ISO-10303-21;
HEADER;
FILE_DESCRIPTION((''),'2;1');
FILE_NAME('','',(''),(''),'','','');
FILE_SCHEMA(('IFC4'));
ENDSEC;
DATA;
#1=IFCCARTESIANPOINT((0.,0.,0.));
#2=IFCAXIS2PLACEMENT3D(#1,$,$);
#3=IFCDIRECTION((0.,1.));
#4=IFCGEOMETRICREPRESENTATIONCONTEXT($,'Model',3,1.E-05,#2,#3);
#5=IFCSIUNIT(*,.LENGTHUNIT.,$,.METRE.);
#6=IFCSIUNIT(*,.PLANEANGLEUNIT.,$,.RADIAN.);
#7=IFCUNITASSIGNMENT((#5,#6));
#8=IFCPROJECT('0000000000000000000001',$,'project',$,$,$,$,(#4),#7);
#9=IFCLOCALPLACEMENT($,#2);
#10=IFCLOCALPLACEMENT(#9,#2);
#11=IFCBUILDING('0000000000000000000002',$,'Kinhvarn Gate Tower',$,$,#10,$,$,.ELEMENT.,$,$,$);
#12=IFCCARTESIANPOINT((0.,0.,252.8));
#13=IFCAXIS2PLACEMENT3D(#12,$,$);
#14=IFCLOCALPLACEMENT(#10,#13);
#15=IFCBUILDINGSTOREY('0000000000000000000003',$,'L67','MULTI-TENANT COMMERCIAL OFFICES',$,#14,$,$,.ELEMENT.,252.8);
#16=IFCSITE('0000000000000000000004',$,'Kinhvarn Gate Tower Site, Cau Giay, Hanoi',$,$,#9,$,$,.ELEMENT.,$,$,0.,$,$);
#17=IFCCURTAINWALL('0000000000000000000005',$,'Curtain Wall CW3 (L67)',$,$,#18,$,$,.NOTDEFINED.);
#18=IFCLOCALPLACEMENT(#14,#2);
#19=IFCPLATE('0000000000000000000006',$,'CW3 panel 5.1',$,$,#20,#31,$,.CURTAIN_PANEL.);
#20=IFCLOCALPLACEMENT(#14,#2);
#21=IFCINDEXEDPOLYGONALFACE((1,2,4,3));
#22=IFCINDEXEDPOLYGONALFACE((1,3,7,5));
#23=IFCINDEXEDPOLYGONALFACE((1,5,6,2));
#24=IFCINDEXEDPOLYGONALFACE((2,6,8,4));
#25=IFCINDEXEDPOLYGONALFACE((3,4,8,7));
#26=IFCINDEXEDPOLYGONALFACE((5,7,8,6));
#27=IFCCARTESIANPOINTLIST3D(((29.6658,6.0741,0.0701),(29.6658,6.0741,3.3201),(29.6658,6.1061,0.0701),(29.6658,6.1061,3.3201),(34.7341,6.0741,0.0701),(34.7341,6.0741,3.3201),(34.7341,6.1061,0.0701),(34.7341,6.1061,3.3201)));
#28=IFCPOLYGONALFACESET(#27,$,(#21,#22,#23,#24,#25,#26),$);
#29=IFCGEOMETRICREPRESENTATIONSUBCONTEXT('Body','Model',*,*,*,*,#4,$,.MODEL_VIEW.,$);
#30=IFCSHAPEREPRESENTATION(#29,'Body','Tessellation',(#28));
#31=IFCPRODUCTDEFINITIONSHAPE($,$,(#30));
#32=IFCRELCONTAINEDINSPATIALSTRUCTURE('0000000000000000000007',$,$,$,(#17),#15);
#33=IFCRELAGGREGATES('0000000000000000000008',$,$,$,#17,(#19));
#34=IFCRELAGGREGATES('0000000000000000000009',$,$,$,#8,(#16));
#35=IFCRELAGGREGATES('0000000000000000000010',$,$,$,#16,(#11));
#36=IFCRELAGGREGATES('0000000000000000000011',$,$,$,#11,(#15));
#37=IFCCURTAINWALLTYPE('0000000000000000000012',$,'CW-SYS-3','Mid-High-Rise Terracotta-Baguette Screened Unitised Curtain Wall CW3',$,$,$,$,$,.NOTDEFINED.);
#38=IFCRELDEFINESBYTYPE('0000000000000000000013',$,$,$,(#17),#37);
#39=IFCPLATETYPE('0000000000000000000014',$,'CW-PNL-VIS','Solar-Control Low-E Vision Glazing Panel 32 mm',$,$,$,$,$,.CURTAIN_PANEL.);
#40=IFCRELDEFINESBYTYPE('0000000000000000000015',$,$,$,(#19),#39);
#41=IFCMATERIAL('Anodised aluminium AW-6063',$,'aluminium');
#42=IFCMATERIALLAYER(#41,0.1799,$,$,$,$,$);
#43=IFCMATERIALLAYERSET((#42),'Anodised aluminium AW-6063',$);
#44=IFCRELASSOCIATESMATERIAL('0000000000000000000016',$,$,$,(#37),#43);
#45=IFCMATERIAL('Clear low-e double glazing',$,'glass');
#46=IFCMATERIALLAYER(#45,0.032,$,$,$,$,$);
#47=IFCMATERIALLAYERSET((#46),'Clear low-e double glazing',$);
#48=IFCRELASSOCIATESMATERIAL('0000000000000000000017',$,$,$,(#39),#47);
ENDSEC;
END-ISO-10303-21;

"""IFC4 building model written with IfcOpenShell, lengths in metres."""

from ifc_helpers import new_model, si_unit, direction, frame, origin, origin_2d, place, context, subcontext, project, spatial, rectangle, extrude, material, layer, layer_set, type_object, element, aggregate, save


model = new_model("IFC4")

# Units and contexts
model_context = context("Model", 3, precision=1e-05, world=origin(), true_north=direction((0.0, 1.0)))
body_context = subcontext(model_context, "Body", "Model", "MODEL_VIEW")
ifc_project = project(units=[si_unit("LENGTHUNIT", "METRE"), si_unit("PLANEANGLEUNIT", "RADIAN")], contexts=[model_context])

# Site, building, storey
site_placement = place(None, origin())
site = spatial("IfcSite", under=ifc_project, at=site_placement, Name="Kinhvarn Gate Tower Site, Cau Giay, Hanoi", CompositionType="ELEMENT", RefElevation=0.0)
building_placement = place(site_placement, origin())
building = spatial("IfcBuilding", under=site, at=building_placement, Name="Kinhvarn Gate Tower", CompositionType="ELEMENT")
storey_placement = place(building_placement, frame((0.0, 0.0, 252.8)))
storey = spatial("IfcBuildingStorey", under=building, at=storey_placement, Name="L67", Description="MULTI-TENANT COMMERCIAL OFFICES", CompositionType="ELEMENT", Elevation=252.8)

# Curtain wall
ifc_material_1 = material(Name="Anodised aluminium AW-6063", Category="aluminium")
ifc_layer_1 = layer(ifc_material_1, 0.1799)
ifc_layer_set_1 = layer_set([ifc_layer_1], Name="Anodised aluminium AW-6063")
curtain_wall_type = type_object("IfcCurtainWallType", Name="CW-SYS-3", Description="Mid-High-Rise Terracotta-Baguette Screened Unitised Curtain Wall CW3", PredefinedType="NOTDEFINED", material=ifc_layer_set_1)
curtain_wall_placement = place(storey_placement, origin())
curtain_wall = element("IfcCurtainWall", 1, at=curtain_wall_placement, inside=storey, type_object=curtain_wall_type, Name="Curtain Wall CW3 (L67)", PredefinedType="NOTDEFINED")

# Plate
ifc_material_2 = material(Name="Clear low-e double glazing", Category="glass")
ifc_layer_2 = layer(ifc_material_2, 0.032)
ifc_layer_set_2 = layer_set([ifc_layer_2], Name="Clear low-e double glazing")
plate_type = type_object("IfcPlateType", Name="CW-PNL-VIS", Description="Solar-Control Low-E Vision Glazing Panel 32 mm", PredefinedType="CURTAIN_PANEL", material=ifc_layer_set_2)
plate_1_placement = place(storey_placement, frame((32.2, 6.0901, 0.0701), z_axis=(0.0, 0.0, 1.0), x_axis=(1.0, 0.0, 0.0)))
plate_1 = element("IfcPlate", 2, at=plate_1_placement, type_object=plate_type, Name="CW3 panel 5.1", PredefinedType="CURTAIN_PANEL", context=body_context, shape_type="SweptSolid", body=[
    extrude(rectangle(XDim=5.0684, YDim=0.032, at=origin_2d()), origin(), (0.0, 0.0, 1.0), 3.25),
])
aggregate(curtain_wall, [plate_1])

save(model, "model.ifc")
